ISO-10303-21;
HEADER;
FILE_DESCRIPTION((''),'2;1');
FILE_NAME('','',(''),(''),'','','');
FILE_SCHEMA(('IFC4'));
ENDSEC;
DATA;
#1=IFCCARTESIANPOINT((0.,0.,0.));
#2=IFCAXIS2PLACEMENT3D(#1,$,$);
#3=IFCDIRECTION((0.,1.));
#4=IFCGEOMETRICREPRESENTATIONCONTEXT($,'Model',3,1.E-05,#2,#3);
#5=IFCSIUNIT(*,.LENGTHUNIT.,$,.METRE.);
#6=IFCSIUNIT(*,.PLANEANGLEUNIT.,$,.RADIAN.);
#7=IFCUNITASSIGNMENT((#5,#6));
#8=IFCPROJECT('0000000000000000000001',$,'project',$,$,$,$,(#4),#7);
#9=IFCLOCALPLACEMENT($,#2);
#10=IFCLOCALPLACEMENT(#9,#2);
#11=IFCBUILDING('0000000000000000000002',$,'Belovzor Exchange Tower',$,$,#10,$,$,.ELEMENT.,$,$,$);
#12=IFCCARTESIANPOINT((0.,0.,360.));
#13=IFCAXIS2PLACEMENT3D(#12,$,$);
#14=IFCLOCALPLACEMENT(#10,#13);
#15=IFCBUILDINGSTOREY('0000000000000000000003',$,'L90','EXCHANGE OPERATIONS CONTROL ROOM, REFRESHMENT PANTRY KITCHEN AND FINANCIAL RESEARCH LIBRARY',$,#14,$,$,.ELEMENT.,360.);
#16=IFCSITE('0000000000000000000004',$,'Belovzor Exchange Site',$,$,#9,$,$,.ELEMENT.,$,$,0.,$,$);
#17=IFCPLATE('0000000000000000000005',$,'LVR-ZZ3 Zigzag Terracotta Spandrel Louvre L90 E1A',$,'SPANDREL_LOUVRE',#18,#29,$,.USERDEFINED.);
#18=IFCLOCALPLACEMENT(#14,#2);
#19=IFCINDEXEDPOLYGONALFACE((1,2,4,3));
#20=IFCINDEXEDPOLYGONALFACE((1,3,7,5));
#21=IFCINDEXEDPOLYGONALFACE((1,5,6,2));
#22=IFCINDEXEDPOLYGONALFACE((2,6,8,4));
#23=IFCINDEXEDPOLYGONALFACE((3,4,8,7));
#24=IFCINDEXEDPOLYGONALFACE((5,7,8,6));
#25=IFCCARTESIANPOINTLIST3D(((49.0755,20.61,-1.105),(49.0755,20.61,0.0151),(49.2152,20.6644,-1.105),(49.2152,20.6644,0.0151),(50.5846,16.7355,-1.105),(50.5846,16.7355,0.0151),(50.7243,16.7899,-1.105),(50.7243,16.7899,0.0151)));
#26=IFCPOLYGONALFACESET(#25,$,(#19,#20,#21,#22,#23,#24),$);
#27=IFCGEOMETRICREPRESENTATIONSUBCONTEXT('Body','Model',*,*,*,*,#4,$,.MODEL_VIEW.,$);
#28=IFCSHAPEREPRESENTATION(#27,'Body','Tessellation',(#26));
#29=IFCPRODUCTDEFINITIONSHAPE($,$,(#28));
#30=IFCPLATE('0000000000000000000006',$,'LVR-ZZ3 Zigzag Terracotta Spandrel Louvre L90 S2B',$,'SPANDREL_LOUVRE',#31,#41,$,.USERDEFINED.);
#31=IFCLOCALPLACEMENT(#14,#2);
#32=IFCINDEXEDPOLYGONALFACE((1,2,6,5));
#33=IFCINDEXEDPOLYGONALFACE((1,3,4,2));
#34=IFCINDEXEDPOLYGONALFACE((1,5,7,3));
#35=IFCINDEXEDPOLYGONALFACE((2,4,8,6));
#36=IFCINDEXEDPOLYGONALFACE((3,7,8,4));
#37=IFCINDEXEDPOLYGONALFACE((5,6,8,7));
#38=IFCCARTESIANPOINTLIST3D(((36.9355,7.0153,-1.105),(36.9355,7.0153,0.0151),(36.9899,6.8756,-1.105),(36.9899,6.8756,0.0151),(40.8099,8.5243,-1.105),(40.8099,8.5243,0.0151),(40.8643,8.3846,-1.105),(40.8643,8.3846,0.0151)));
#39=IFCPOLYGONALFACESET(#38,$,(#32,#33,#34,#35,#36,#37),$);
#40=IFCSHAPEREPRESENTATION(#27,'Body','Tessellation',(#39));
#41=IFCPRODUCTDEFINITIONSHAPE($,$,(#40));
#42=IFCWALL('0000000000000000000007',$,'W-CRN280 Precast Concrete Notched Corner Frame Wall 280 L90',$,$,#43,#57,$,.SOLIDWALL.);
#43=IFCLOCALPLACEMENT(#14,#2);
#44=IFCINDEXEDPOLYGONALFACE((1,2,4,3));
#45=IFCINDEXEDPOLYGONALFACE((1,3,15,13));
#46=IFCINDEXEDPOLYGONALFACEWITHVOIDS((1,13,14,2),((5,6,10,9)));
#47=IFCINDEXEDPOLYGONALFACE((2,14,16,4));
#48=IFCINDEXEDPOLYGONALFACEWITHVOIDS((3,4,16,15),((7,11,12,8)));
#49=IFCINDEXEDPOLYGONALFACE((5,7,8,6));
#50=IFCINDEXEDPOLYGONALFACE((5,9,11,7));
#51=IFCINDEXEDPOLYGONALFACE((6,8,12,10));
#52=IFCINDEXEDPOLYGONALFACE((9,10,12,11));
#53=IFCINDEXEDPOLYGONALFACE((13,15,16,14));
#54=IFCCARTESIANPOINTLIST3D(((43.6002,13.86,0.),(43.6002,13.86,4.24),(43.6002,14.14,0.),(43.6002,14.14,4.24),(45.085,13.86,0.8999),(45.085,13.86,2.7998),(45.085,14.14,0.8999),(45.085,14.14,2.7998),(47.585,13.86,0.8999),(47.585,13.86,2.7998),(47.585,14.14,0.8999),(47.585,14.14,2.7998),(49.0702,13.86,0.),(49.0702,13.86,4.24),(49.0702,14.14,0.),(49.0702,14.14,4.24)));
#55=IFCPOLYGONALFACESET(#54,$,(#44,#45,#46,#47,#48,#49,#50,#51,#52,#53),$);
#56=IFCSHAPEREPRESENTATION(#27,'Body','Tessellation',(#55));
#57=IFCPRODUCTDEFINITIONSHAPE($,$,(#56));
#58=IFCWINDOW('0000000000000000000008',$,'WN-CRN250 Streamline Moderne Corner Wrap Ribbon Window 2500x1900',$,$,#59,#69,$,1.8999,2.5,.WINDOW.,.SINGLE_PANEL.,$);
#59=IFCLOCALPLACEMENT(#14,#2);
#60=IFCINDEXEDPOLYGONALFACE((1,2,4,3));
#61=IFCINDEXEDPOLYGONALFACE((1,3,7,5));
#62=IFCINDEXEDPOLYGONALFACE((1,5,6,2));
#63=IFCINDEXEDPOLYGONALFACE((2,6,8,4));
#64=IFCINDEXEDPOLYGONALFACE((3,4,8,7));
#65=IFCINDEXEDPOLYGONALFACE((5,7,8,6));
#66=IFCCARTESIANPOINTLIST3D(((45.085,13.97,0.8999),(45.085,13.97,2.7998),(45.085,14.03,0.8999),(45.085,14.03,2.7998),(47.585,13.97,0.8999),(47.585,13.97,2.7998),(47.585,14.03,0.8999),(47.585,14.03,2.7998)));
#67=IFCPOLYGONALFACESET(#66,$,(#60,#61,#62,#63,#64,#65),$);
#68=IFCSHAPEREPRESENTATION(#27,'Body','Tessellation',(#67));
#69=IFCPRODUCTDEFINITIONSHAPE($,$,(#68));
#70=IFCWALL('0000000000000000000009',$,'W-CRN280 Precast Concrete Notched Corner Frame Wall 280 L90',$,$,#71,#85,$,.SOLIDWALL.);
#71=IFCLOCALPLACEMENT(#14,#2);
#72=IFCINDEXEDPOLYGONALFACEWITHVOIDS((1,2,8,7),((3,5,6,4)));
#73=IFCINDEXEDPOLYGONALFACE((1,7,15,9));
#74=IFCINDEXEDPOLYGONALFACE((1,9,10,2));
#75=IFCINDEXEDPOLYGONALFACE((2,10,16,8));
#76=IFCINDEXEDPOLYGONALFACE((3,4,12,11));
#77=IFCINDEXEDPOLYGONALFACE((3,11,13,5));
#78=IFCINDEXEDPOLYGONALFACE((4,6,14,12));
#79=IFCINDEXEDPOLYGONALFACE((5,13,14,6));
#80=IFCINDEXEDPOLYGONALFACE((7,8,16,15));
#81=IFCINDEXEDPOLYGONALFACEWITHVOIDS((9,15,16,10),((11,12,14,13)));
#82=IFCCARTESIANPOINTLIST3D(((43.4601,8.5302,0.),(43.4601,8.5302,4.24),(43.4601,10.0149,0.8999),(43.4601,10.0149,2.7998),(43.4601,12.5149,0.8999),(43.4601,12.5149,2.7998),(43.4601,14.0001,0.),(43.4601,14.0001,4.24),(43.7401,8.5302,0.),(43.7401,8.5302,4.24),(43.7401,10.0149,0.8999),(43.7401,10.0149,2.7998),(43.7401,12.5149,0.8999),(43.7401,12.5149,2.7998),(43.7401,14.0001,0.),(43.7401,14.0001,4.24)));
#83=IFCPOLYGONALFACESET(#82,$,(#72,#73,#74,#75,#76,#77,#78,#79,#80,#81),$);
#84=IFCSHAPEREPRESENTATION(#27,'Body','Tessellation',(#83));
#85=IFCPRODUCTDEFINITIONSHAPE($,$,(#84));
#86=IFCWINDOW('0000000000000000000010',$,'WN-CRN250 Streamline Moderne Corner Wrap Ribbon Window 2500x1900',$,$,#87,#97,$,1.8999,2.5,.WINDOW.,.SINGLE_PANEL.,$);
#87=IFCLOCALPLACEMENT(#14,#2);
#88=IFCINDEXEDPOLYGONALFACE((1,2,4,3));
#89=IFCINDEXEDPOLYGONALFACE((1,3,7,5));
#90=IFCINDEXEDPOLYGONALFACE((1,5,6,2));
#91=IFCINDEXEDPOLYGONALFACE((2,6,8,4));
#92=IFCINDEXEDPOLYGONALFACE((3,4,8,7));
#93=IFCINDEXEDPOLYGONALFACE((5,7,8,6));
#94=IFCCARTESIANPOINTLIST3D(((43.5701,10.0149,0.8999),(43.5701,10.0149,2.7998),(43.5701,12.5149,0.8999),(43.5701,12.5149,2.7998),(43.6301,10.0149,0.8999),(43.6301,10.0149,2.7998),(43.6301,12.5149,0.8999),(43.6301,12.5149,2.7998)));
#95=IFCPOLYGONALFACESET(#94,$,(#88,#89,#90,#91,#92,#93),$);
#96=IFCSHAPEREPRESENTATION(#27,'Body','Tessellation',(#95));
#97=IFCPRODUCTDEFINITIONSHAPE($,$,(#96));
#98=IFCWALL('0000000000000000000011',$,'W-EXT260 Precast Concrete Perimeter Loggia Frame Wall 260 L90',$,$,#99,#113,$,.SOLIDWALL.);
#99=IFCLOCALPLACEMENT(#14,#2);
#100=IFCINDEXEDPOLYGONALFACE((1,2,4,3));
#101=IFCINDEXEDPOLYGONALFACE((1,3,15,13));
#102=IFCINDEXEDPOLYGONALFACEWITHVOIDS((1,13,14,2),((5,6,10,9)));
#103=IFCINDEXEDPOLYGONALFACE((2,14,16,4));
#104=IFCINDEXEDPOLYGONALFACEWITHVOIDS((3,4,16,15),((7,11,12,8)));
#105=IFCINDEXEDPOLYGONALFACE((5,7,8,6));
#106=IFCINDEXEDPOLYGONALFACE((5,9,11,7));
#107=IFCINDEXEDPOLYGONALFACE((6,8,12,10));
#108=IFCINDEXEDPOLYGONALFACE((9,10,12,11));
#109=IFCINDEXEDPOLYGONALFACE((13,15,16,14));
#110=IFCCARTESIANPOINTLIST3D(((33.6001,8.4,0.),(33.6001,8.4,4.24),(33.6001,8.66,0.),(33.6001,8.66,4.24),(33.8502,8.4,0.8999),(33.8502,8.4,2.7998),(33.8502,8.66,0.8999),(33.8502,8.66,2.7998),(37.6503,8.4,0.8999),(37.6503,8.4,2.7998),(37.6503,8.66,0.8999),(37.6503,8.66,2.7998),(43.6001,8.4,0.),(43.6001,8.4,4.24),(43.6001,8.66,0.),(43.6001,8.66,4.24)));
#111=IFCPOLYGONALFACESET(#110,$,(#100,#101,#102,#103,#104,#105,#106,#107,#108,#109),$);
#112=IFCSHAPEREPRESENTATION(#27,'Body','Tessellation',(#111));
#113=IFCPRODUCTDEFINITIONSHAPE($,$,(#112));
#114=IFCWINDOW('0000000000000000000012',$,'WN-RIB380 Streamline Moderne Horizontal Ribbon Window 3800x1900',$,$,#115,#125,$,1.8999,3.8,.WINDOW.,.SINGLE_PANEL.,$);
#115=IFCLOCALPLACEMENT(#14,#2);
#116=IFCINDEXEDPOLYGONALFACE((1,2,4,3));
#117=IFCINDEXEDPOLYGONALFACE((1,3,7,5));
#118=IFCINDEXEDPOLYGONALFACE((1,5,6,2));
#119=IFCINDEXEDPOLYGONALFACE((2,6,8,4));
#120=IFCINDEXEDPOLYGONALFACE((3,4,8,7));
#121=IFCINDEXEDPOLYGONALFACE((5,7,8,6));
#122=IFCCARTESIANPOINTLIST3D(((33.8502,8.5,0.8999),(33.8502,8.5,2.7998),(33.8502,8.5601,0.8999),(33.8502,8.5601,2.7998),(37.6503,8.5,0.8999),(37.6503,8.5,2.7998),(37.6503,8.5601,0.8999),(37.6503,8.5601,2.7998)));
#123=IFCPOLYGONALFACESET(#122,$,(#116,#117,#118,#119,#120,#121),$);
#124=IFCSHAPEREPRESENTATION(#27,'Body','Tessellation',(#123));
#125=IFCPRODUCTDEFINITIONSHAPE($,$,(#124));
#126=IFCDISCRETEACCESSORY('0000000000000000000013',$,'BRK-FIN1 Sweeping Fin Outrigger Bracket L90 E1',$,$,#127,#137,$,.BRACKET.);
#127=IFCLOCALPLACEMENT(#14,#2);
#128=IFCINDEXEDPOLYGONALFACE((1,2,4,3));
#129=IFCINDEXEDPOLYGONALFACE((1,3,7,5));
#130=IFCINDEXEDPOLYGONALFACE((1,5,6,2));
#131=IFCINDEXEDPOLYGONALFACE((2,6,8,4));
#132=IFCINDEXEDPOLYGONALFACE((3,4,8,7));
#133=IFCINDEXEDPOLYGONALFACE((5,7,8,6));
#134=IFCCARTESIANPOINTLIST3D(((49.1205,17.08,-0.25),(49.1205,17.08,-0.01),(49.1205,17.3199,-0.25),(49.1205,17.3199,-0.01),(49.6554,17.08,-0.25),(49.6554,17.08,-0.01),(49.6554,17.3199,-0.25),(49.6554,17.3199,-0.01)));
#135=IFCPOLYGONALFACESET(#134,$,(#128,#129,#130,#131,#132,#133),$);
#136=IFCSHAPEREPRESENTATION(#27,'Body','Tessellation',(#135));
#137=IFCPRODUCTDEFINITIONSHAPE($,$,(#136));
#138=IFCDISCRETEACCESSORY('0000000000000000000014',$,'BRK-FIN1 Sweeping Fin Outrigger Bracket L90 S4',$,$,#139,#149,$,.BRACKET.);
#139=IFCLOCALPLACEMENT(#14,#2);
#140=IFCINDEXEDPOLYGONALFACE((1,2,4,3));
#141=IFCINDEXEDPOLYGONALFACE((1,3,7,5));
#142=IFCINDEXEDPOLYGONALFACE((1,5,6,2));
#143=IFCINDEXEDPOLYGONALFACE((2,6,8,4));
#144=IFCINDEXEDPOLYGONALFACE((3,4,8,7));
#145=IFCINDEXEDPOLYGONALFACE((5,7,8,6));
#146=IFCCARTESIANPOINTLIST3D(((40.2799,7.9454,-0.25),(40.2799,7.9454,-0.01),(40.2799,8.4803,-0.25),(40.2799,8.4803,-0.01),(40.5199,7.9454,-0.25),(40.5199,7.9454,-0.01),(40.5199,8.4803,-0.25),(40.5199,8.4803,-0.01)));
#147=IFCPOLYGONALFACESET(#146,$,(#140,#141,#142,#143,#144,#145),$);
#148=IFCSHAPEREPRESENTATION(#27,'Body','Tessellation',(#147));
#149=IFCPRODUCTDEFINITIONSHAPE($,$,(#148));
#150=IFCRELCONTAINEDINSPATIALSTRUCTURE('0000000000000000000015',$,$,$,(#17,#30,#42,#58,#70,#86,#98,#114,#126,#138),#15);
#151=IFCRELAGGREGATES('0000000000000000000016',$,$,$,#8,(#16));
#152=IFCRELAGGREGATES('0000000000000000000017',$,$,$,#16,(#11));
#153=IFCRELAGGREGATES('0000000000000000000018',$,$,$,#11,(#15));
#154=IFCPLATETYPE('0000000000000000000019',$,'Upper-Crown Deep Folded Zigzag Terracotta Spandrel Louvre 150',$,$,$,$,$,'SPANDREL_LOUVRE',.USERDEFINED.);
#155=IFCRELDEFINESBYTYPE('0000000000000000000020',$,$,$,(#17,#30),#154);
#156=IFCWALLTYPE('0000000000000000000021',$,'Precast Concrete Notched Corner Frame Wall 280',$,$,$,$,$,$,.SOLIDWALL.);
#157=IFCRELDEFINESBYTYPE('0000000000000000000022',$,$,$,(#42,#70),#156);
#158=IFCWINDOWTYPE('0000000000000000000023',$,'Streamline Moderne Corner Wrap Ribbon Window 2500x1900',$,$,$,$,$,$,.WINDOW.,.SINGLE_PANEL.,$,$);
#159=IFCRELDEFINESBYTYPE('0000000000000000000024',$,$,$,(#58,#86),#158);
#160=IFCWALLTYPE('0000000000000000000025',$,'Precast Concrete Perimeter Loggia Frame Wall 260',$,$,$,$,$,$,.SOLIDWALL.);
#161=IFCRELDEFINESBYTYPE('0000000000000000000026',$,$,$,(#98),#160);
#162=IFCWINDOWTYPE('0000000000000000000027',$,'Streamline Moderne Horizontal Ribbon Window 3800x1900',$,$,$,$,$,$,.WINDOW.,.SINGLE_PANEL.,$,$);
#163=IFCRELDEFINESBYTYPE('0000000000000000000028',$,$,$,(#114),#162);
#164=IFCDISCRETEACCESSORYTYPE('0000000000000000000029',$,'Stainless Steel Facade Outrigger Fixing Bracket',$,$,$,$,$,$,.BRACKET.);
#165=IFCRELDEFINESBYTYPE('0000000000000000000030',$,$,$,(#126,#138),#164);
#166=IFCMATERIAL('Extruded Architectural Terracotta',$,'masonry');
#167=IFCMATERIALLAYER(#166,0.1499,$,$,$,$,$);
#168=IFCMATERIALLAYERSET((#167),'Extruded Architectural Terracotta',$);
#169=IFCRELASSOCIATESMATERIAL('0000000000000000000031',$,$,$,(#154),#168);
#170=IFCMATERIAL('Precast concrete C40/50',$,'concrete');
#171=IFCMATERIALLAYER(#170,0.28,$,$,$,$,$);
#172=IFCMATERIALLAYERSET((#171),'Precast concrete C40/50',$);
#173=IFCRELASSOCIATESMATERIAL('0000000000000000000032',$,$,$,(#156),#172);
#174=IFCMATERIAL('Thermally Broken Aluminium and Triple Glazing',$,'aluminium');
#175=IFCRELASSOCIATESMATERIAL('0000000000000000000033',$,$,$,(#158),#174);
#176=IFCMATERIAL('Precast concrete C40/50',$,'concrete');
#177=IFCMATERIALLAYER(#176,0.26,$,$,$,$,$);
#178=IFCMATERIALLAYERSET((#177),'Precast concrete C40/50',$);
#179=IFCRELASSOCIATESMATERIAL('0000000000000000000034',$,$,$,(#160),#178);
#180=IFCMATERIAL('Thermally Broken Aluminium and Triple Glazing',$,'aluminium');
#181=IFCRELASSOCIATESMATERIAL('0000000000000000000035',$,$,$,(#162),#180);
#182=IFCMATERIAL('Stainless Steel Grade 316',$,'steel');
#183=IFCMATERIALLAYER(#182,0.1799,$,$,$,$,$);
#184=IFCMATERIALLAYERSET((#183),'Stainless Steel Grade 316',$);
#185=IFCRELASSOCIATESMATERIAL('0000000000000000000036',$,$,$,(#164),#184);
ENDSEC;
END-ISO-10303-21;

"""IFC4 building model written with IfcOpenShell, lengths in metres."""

from ifc_helpers import new_model, si_unit, direction, frame, frame_2d, origin, origin_2d, place, context, subcontext, project, spatial, rectangle, extrude, material, layer, layer_set, type_object, element, fill, save


model = new_model("IFC4")

# Units and contexts
model_context = context("Model", 3, precision=1e-05, world=origin(), true_north=direction((0.0, 1.0)))
body_context = subcontext(model_context, "Body", "Model", "MODEL_VIEW")
ifc_project = project(units=[si_unit("LENGTHUNIT", "METRE"), si_unit("PLANEANGLEUNIT", "RADIAN")], contexts=[model_context])

# Site, building, storey
site_placement = place(None, origin())
site = spatial("IfcSite", under=ifc_project, at=site_placement, Name="Belovzor Exchange Site", CompositionType="ELEMENT", RefElevation=0.0)
building_placement = place(site_placement, origin())
building = spatial("IfcBuilding", under=site, at=building_placement, Name="Belovzor Exchange Tower", CompositionType="ELEMENT")
storey_placement = place(building_placement, frame((0.0, 0.0, 360.0)))
storey = spatial("IfcBuildingStorey", under=building, at=storey_placement, Name="L90", Description="EXCHANGE OPERATIONS CONTROL ROOM, REFRESHMENT PANTRY KITCHEN AND FINANCIAL RESEARCH LIBRARY", CompositionType="ELEMENT", Elevation=360.0)

# Plates
ifc_material_1 = material(Name="Extruded Architectural Terracotta", Category="masonry")
ifc_layer_1 = layer(ifc_material_1, 0.1499)
ifc_layer_set_1 = layer_set([ifc_layer_1], Name="Extruded Architectural Terracotta")
plate_type = type_object("IfcPlateType", Name="Upper-Crown Deep Folded Zigzag Terracotta Spandrel Louvre 150", ElementType="SPANDREL_LOUVRE", PredefinedType="USERDEFINED", material=ifc_layer_set_1)
for number, where, z_axis, x_axis, name in (
    (1, (49.8999, 18.7, -1.105), (0.0, 0.0, 1.0), (-0.362926, 0.931818, 0.0), "LVR-ZZ3 Zigzag Terracotta Spandrel Louvre L90 E1A"),
    (2, (38.8999, 7.7, -1.105), (0.0, 0.0, 1.0), (0.931818, 0.362926, 0.0), "LVR-ZZ3 Zigzag Terracotta Spandrel Louvre L90 S2B"),
):
    element("IfcPlate", number, at=place(storey_placement, frame(where, z_axis=z_axis, x_axis=x_axis)), inside=storey, type_object=plate_type, Name=name, ObjectType="SPANDREL_LOUVRE", PredefinedType="USERDEFINED", context=body_context, shape_type="SweptSolid", body=[
        extrude(rectangle(XDim=4.158, YDim=0.1499, at=origin_2d()), origin(), (0.0, 0.0, 1.0), 1.1201),
    ])

# Walls, openings, windows
ifc_material_2 = material(Name="Precast concrete C40/50", Category="concrete")
ifc_layer_2 = layer(ifc_material_2, 0.28)
ifc_layer_set_2 = layer_set([ifc_layer_2], Name="Precast concrete C40/50")
wall_type_1 = type_object("IfcWallType", Name="Precast Concrete Notched Corner Frame Wall 280", PredefinedType="SOLIDWALL", material=ifc_layer_set_2)
wall_1_placement = place(storey_placement, frame((49.0701, 14.0, 0.0), z_axis=(0.0, 0.0, 1.0), x_axis=(-1.0, 0.0, 0.0)))
wall_1 = element("IfcWall", 3, at=wall_1_placement, inside=storey, type_object=wall_type_1, Name="W-CRN280 Precast Concrete Notched Corner Frame Wall 280 L90", PredefinedType="SOLIDWALL", context=body_context, shape_type="SweptSolid", body=[
    extrude(rectangle(XDim=5.47, YDim=0.28, at=frame_2d((2.7349, 0.0))), origin(), (0.0, 0.0, 1.0), 4.24),
])
opening_1_placement = place(wall_1_placement, frame((1.4851, 0.0, 0.8999)))
opening_1 = element("IfcOpeningElement", 4, at=opening_1_placement, cuts=wall_1, PredefinedType="OPENING", context=body_context, shape_type="SweptSolid", body=[
    extrude(rectangle(XDim=2.5, YDim=1.8999, at=frame_2d((1.25, 0.95))), frame((0.0, 0.1499, 0.0), z_axis=(0.0, -1.0, 0.0), x_axis=(1.0, 0.0, 0.0)), (0.0, 0.0, 1.0), 0.3),
])
ifc_material_3 = material(Name="Thermally Broken Aluminium and Triple Glazing", Category="aluminium")
window_type_1 = type_object("IfcWindowType", Name="Streamline Moderne Corner Wrap Ribbon Window 2500x1900", PartitioningType="SINGLE_PANEL", PredefinedType="WINDOW", material=ifc_material_3)
window_1_placement = place(opening_1_placement, origin())
window_1 = element("IfcWindow", 5, at=window_1_placement, inside=storey, type_object=window_type_1, Name="WN-CRN250 Streamline Moderne Corner Wrap Ribbon Window 2500x1900", OverallHeight=1.8999, OverallWidth=2.5, PartitioningType="SINGLE_PANEL", PredefinedType="WINDOW", context=body_context, shape_type="SweptSolid", body=[
    extrude(rectangle(XDim=2.5, YDim=1.8999, at=frame_2d((1.25, 0.95))), frame((0.0, 0.03, 0.0), z_axis=(0.0, -1.0, 0.0), x_axis=(1.0, 0.0, 0.0)), (0.0, 0.0, 1.0), 0.0601),
])
fill(opening_1, window_1)
wall_2_placement = place(storey_placement, frame((43.6001, 14.0, 0.0), z_axis=(0.0, 0.0, 1.0), x_axis=(0.0, -1.0, 0.0)))
wall_2 = element("IfcWall", 6, at=wall_2_placement, inside=storey, type_object=wall_type_1, Name="W-CRN280 Precast Concrete Notched Corner Frame Wall 280 L90", PredefinedType="SOLIDWALL", context=body_context, shape_type="SweptSolid", body=[
    extrude(rectangle(XDim=5.47, YDim=0.28, at=frame_2d((2.7349, 0.0))), origin(), (0.0, 0.0, 1.0), 4.24),
])
opening_2_placement = place(wall_2_placement, frame((1.4851, 0.0, 0.8999)))
opening_2 = element("IfcOpeningElement", 7, at=opening_2_placement, cuts=wall_2, PredefinedType="OPENING", context=body_context, shape_type="SweptSolid", body=[
    extrude(rectangle(XDim=2.5, YDim=1.8999, at=frame_2d((1.25, 0.95))), frame((0.0, 0.1499, 0.0), z_axis=(0.0, -1.0, 0.0), x_axis=(1.0, 0.0, 0.0)), (0.0, 0.0, 1.0), 0.3),
])
window_2_placement = place(opening_2_placement, origin())
window_2 = element("IfcWindow", 8, at=window_2_placement, inside=storey, type_object=window_type_1, Name="WN-CRN250 Streamline Moderne Corner Wrap Ribbon Window 2500x1900", OverallHeight=1.8999, OverallWidth=2.5, PartitioningType="SINGLE_PANEL", PredefinedType="WINDOW", context=body_context, shape_type="SweptSolid", body=[
    extrude(rectangle(XDim=2.5, YDim=1.8999, at=frame_2d((1.25, 0.95))), frame((0.0, 0.03, 0.0), z_axis=(0.0, -1.0, 0.0), x_axis=(1.0, 0.0, 0.0)), (0.0, 0.0, 1.0), 0.0601),
])
fill(opening_2, window_2)
ifc_material_4 = material(Name="Precast concrete C40/50", Category="concrete")
ifc_layer_3 = layer(ifc_material_4, 0.26)
ifc_layer_set_3 = layer_set([ifc_layer_3], Name="Precast concrete C40/50")
wall_type_2 = type_object("IfcWallType", Name="Precast Concrete Perimeter Loggia Frame Wall 260", PredefinedType="SOLIDWALL", material=ifc_layer_set_3)
wall_3_placement = place(storey_placement, frame((43.6001, 8.53, 0.0), z_axis=(0.0, 0.0, 1.0), x_axis=(-1.0, 0.0, 0.0)))
wall_3 = element("IfcWall", 9, at=wall_3_placement, inside=storey, type_object=wall_type_2, Name="W-EXT260 Precast Concrete Perimeter Loggia Frame Wall 260 L90", PredefinedType="SOLIDWALL", context=body_context, shape_type="SweptSolid", body=[
    extrude(rectangle(XDim=10.0, YDim=0.26, at=frame_2d((5.0, 0.0))), origin(), (0.0, 0.0, 1.0), 4.24),
])
opening_3_placement = place(wall_3_placement, frame((5.95, 0.0, 0.8999)))
opening_3 = element("IfcOpeningElement", 10, at=opening_3_placement, cuts=wall_3, PredefinedType="OPENING", context=body_context, shape_type="SweptSolid", body=[
    extrude(rectangle(XDim=3.8, YDim=1.8999, at=frame_2d((1.8999, 0.95))), frame((0.0, 0.1399, 0.0), z_axis=(0.0, -1.0, 0.0), x_axis=(1.0, 0.0, 0.0)), (0.0, 0.0, 1.0), 0.28),
])
ifc_material_5 = material(Name="Thermally Broken Aluminium and Triple Glazing", Category="aluminium")
window_type_2 = type_object("IfcWindowType", Name="Streamline Moderne Horizontal Ribbon Window 3800x1900", PartitioningType="SINGLE_PANEL", PredefinedType="WINDOW", material=ifc_material_5)
window_3_placement = place(opening_3_placement, origin())
window_3 = element("IfcWindow", 11, at=window_3_placement, inside=storey, type_object=window_type_2, Name="WN-RIB380 Streamline Moderne Horizontal Ribbon Window 3800x1900", OverallHeight=1.8999, OverallWidth=3.8, PartitioningType="SINGLE_PANEL", PredefinedType="WINDOW", context=body_context, shape_type="SweptSolid", body=[
    extrude(rectangle(XDim=3.8, YDim=1.8999, at=frame_2d((1.8999, 0.95))), frame((0.0, 0.03, 0.0), z_axis=(0.0, -1.0, 0.0), x_axis=(1.0, 0.0, 0.0)), (0.0, 0.0, 1.0), 0.0601),
])
fill(opening_3, window_3)

# Discrete accessories
ifc_material_6 = material(Name="Stainless Steel Grade 316", Category="steel")
ifc_layer_4 = layer(ifc_material_6, 0.1799)
ifc_layer_set_4 = layer_set([ifc_layer_4], Name="Stainless Steel Grade 316")
discrete_accessory_type = type_object("IfcDiscreteAccessoryType", Name="Stainless Steel Facade Outrigger Fixing Bracket", PredefinedType="BRACKET", material=ifc_layer_set_4)
for number, where, z_axis, x_axis, name in (
    (12, (49.3879, 17.2, -0.25), (0.0, 0.0, 1.0), (1.0, 0.0, 0.0), "BRK-FIN1 Sweeping Fin Outrigger Bracket L90 E1"),
    (13, (40.3999, 8.2129, -0.25), (0.0, 0.0, 1.0), (0.0, 1.0, 0.0), "BRK-FIN1 Sweeping Fin Outrigger Bracket L90 S4"),
):
    element("IfcDiscreteAccessory", number, at=place(storey_placement, frame(where, z_axis=z_axis, x_axis=x_axis)), inside=storey, type_object=discrete_accessory_type, Name=name, PredefinedType="BRACKET", context=body_context, shape_type="SweptSolid", body=[
        extrude(rectangle(XDim=0.5349, YDim=0.24, at=origin_2d()), origin(), (0.0, 0.0, 1.0), 0.24),
    ])

save(model, "model.ifc")
